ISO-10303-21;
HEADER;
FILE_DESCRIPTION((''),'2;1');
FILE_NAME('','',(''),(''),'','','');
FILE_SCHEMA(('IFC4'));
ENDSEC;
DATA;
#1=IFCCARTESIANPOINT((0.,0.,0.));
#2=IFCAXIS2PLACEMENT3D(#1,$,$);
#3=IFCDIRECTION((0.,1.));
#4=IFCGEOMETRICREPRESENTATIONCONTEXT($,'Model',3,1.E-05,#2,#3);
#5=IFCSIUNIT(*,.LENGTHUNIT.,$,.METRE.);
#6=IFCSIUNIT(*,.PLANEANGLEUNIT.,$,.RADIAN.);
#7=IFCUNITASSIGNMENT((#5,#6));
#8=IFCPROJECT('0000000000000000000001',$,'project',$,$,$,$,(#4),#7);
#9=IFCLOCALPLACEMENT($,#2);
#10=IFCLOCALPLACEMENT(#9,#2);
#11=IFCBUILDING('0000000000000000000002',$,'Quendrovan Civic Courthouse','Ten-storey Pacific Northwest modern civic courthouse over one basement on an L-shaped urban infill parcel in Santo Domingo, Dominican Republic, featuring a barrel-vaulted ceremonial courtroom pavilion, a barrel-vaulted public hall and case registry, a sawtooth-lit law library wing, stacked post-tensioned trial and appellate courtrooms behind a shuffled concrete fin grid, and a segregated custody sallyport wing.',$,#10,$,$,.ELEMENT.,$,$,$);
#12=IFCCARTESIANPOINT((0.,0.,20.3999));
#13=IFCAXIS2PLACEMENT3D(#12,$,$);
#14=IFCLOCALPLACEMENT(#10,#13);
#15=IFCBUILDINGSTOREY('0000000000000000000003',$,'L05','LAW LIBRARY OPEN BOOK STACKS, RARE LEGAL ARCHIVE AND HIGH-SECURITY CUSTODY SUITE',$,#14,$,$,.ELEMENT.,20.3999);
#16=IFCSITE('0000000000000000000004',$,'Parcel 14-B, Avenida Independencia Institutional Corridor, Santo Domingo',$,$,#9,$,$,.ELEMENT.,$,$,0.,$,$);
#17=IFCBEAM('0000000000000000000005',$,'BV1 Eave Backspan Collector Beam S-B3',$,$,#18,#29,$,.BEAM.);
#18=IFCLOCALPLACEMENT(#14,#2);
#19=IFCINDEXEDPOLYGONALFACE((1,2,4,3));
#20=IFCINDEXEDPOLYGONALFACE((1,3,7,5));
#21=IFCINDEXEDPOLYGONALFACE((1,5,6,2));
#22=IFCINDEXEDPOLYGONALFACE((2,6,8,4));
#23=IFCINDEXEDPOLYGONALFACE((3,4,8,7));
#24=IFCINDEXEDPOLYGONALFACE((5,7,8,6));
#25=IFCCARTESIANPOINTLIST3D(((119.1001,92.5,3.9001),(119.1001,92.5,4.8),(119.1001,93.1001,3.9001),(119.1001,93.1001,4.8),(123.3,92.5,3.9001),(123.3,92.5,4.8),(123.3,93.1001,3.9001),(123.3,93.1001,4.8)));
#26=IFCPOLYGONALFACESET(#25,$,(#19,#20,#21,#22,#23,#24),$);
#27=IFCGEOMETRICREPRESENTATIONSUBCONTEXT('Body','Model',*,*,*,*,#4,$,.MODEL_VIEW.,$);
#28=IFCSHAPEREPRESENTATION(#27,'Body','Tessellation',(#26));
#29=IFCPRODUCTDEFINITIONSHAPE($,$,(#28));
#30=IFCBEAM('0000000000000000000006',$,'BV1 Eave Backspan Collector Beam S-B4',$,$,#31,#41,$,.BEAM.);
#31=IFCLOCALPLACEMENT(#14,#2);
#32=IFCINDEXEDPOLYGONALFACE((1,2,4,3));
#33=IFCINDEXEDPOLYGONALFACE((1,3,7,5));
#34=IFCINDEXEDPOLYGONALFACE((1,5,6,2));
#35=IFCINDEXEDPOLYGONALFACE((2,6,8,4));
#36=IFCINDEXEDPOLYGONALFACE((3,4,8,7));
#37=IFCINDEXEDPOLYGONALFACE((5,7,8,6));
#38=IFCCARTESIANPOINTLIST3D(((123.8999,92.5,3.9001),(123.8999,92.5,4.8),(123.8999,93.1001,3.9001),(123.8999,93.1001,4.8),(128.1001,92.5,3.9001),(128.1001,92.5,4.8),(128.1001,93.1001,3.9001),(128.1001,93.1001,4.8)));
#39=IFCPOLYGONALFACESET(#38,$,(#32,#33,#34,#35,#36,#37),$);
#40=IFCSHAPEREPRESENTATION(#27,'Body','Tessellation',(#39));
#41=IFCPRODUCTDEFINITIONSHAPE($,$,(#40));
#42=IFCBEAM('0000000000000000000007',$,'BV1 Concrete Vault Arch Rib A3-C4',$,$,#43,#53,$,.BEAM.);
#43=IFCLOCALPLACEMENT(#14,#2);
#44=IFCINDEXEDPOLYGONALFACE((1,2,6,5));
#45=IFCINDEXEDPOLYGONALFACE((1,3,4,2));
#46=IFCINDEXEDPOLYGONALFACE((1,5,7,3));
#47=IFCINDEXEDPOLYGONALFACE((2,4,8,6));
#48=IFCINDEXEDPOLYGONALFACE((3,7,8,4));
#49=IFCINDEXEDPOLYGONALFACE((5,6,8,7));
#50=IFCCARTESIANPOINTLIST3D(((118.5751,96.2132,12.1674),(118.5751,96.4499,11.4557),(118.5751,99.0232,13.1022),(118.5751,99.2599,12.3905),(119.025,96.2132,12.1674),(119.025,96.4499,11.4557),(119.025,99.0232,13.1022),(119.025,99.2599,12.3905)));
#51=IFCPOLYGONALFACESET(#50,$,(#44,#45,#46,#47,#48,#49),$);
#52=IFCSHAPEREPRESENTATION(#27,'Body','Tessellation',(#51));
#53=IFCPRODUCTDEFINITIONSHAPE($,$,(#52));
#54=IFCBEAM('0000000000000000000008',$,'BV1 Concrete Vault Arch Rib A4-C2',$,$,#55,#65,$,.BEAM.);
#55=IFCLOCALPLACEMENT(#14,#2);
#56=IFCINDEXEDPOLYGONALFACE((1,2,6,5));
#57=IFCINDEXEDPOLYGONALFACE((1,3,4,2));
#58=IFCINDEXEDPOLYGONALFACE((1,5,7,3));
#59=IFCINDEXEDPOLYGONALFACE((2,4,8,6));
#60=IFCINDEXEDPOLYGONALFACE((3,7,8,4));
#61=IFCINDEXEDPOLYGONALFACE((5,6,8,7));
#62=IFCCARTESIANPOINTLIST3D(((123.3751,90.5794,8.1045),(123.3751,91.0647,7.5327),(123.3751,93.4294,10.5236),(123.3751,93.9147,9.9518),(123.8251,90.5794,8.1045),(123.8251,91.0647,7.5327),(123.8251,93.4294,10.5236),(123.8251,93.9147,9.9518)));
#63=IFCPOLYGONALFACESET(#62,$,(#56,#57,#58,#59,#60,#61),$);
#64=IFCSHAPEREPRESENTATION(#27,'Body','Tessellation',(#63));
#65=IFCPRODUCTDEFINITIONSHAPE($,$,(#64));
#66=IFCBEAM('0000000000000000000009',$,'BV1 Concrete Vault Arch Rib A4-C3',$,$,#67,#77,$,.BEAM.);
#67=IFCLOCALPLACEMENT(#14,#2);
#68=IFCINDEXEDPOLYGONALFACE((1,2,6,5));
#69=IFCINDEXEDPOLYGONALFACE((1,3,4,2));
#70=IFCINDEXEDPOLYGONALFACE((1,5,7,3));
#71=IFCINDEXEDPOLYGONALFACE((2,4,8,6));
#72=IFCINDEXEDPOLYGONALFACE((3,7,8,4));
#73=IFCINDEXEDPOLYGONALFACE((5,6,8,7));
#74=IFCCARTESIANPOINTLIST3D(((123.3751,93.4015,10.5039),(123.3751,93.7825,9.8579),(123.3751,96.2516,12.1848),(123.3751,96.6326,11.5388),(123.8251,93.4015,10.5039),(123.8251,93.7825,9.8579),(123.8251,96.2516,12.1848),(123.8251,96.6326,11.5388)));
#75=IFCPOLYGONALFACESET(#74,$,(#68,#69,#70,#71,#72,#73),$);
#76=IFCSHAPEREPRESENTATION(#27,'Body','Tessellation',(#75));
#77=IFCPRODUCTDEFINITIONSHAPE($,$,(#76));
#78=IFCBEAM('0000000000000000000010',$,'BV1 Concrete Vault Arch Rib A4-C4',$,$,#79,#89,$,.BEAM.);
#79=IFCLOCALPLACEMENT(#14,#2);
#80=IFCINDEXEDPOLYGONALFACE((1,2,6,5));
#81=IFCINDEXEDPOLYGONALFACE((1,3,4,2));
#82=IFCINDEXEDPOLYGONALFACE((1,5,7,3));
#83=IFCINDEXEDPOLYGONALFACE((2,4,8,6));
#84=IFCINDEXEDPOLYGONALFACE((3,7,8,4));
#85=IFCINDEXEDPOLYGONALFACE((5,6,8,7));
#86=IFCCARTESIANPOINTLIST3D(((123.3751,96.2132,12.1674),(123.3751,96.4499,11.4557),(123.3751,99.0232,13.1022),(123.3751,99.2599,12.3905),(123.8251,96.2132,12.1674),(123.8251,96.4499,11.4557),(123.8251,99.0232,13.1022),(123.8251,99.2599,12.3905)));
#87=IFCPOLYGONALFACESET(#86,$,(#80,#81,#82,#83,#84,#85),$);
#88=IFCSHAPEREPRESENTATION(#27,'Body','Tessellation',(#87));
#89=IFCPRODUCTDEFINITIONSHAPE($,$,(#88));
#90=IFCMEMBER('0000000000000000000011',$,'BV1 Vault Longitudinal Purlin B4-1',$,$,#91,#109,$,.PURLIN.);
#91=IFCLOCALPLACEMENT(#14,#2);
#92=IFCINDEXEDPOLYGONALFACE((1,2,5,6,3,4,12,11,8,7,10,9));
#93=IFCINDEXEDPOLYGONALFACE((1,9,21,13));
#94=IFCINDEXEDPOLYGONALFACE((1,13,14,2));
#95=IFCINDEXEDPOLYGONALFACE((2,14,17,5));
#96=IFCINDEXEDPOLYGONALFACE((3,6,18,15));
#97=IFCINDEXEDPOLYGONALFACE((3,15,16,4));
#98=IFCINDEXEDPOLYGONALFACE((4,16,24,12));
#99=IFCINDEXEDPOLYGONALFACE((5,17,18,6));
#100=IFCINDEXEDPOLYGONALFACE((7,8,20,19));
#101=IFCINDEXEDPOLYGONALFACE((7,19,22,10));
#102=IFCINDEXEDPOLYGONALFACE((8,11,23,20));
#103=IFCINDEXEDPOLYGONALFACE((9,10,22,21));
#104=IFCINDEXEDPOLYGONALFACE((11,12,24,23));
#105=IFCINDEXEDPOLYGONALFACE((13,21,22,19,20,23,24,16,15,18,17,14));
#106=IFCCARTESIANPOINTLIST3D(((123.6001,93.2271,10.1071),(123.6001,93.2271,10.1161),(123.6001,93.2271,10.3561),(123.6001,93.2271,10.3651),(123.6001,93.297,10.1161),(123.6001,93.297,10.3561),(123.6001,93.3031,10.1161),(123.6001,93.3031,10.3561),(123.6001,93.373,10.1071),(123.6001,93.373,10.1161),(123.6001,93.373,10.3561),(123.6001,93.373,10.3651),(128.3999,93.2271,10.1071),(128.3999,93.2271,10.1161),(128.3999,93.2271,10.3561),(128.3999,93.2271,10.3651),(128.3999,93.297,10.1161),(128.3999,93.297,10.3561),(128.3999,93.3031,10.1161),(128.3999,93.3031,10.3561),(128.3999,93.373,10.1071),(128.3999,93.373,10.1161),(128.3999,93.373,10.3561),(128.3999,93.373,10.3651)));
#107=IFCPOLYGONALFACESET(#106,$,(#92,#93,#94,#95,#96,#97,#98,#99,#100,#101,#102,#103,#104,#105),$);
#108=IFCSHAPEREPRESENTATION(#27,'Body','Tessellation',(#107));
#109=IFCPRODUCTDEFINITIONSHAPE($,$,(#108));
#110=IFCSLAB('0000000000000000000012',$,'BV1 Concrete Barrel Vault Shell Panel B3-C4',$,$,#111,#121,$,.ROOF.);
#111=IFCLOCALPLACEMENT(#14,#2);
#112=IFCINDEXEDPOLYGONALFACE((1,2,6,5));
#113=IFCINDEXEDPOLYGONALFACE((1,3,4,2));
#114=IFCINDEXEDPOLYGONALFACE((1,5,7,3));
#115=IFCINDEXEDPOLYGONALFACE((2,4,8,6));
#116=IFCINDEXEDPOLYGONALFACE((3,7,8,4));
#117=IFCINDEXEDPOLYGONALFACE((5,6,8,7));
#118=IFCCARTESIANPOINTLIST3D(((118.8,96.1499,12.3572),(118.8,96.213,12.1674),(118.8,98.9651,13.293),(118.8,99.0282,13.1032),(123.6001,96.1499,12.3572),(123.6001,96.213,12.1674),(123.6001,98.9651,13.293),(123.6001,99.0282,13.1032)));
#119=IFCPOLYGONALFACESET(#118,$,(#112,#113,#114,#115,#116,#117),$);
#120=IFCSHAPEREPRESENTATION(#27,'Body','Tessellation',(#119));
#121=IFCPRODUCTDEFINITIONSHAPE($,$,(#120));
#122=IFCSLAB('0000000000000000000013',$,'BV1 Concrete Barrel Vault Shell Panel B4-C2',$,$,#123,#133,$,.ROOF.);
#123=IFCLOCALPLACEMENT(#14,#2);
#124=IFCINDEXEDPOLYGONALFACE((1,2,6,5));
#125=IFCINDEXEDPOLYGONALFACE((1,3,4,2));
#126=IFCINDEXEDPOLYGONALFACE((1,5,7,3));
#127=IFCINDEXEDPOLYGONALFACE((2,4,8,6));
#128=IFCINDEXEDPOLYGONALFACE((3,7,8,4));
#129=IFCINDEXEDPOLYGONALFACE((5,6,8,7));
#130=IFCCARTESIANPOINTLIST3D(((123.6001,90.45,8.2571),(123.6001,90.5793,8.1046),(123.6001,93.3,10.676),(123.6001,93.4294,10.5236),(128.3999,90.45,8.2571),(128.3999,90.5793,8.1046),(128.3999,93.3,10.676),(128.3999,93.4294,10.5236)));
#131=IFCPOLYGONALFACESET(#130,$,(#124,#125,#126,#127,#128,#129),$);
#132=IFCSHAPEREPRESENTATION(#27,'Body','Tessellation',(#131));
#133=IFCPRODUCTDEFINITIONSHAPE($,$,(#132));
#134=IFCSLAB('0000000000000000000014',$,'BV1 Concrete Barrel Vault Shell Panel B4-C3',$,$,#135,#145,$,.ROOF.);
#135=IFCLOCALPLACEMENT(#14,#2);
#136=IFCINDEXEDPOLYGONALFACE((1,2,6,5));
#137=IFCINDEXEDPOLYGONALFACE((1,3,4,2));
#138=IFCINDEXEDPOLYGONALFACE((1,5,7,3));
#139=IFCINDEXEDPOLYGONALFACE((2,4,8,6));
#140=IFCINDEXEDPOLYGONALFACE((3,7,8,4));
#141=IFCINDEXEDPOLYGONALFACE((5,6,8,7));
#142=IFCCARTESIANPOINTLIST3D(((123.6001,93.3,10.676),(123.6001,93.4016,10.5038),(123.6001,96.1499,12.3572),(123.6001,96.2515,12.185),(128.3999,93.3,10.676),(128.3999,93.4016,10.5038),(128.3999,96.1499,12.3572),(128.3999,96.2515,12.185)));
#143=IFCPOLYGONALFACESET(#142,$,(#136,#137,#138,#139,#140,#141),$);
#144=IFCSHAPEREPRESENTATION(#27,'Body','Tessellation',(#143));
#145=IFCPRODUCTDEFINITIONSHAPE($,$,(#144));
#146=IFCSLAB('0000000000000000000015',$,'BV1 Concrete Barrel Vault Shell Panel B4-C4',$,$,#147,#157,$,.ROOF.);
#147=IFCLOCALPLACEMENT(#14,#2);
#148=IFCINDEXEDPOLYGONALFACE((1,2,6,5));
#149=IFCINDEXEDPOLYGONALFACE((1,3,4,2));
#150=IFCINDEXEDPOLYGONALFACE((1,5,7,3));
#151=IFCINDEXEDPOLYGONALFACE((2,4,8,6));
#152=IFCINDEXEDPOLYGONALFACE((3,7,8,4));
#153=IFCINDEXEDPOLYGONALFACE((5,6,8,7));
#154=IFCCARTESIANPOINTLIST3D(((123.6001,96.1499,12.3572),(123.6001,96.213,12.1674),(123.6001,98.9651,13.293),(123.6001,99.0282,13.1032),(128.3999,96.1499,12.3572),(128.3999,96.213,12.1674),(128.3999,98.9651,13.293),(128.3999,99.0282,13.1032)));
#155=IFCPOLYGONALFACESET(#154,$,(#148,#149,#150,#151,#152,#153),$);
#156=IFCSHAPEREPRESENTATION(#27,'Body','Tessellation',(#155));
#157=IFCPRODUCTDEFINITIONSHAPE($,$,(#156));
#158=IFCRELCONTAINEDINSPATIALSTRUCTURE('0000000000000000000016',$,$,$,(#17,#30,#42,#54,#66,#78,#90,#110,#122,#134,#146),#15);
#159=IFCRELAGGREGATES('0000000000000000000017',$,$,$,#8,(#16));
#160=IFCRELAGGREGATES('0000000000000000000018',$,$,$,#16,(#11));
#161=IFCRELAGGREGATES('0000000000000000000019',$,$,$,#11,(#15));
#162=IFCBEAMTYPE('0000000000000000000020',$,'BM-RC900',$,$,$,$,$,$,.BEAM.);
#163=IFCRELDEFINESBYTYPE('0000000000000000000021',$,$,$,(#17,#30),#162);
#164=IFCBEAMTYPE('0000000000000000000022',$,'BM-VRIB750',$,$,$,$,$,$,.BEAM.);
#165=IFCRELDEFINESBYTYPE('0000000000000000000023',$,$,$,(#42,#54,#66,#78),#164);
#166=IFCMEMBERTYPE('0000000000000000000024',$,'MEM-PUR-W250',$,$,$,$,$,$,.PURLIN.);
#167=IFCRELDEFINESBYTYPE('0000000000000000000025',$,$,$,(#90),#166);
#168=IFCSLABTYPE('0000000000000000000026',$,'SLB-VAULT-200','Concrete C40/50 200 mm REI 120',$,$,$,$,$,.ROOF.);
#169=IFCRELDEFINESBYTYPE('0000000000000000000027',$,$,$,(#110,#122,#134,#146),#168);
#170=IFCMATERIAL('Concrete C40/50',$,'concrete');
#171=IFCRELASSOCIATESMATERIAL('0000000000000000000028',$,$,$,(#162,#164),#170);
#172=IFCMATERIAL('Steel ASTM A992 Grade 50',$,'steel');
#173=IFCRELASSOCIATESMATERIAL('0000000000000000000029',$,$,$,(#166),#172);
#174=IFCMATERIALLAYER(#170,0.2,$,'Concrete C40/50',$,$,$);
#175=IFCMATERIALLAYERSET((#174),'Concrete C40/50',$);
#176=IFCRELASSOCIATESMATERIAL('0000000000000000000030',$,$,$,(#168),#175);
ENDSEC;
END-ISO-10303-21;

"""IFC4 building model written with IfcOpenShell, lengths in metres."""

from ifc_helpers import new_model, si_unit, direction, frame, origin, origin_2d, place, context, subcontext, project, spatial, polyline, rectangle, i_section, outline, extrude, material, layer, layer_set, material_profile, profile_set, type_object, element, save


model = new_model("IFC4")

# Units and contexts
model_context = context("Model", 3, precision=1e-05, world=origin(), true_north=direction((0.0, 1.0)))
body_context = subcontext(model_context, "Body", "Model", "MODEL_VIEW")
ifc_project = project(units=[si_unit("LENGTHUNIT", "METRE"), si_unit("PLANEANGLEUNIT", "RADIAN")], contexts=[model_context])

# Site, building, storey
site_placement = place(None, origin())
site = spatial("IfcSite", under=ifc_project, at=site_placement, Name="Parcel 14-B, Avenida Independencia Institutional Corridor, Santo Domingo", CompositionType="ELEMENT", RefElevation=0.0)
building_placement = place(site_placement, origin())
building = spatial("IfcBuilding", under=site, at=building_placement, Name="Quendrovan Civic Courthouse", Description="Ten-storey Pacific Northwest modern civic courthouse over one basement on an L-shaped urban infill parcel in Santo Domingo, Dominican Republic, featuring a barrel-vaulted ceremonial courtroom pavilion, a barrel-vaulted public hall and case registry, a sawtooth-lit law library wing, stacked post-tensioned trial and appellate courtrooms behind a shuffled concrete fin grid, and a segregated custody sallyport wing.", CompositionType="ELEMENT")
storey_placement = place(building_placement, frame((0.0, 0.0, 20.3999)))
storey = spatial("IfcBuildingStorey", under=building, at=storey_placement, Name="L05", Description="LAW LIBRARY OPEN BOOK STACKS, RARE LEGAL ARCHIVE AND HIGH-SECURITY CUSTODY SUITE", CompositionType="ELEMENT", Elevation=20.3999)

# Beams
ifc_material_1 = material(Name="Concrete C40/50", Category="concrete")
ifc_material_profile_1 = material_profile(ifc_material_1, rectangle(XDim=0.6001, YDim=0.8999, at=origin_2d()), Name="RC-BM-600x900")
ifc_profile_set_1 = profile_set([ifc_material_profile_1], Name="Concrete C40/50")
beam_type_1 = type_object("IfcBeamType", Name="BM-RC900", PredefinedType="BEAM", material=ifc_profile_set_1)
beam_1_placement = place(storey_placement, frame((119.1001, 92.8, 4.3501), z_axis=(1.0, 0.0, 0.0), x_axis=(0.0, 1.0, 0.0)))
element("IfcBeam", 1, at=beam_1_placement, inside=storey, type_object=beam_type_1, Name="BV1 Eave Backspan Collector Beam S-B3", PredefinedType="BEAM", context=body_context, shape_type="SweptSolid", body=[
    extrude(rectangle(XDim=0.6001, YDim=0.8999, at=origin_2d()), origin(), (0.0, 0.0, 1.0), 4.2),
])
beam_2_placement = place(storey_placement, frame((123.8999, 92.8, 4.3501), z_axis=(1.0, 0.0, 0.0), x_axis=(0.0, 1.0, 0.0)))
element("IfcBeam", 2, at=beam_2_placement, inside=storey, type_object=beam_type_1, Name="BV1 Eave Backspan Collector Beam S-B4", PredefinedType="BEAM", context=body_context, shape_type="SweptSolid", body=[
    extrude(rectangle(XDim=0.6001, YDim=0.8999, at=origin_2d()), origin(), (0.0, 0.0, 1.0), 4.2002),
])
ifc_material_profile_2 = material_profile(ifc_material_1, rectangle(XDim=0.45, YDim=0.75, at=origin_2d()), Name="RC-VRIB-450x750")
ifc_profile_set_2 = profile_set([ifc_material_profile_2], Name="Concrete C40/50")
beam_type_2 = type_object("IfcBeamType", Name="BM-VRIB750", PredefinedType="BEAM", material=ifc_profile_set_2)
beam_3_placement = place(storey_placement, frame((118.8, 96.3315, 11.8115), z_axis=(0.0, 0.948873, 0.315659), x_axis=(-1.0, 0.0, 0.0)))
element("IfcBeam", 3, at=beam_3_placement, inside=storey, type_object=beam_type_2, Name="BV1 Concrete Vault Arch Rib A3-C4", PredefinedType="BEAM", context=body_context, shape_type="SweptSolid", body=[
    extrude(rectangle(XDim=0.45, YDim=0.75, at=origin_2d()), origin(), (0.0, 0.0, 1.0), 2.9614),
])
beam_4_placement = place(storey_placement, frame((123.6001, 90.822, 7.8186), z_axis=(0.0, 0.762387, 0.647121), x_axis=(-1.0, 0.0, 0.0)))
element("IfcBeam", 4, at=beam_4_placement, inside=storey, type_object=beam_type_2, Name="BV1 Concrete Vault Arch Rib A4-C2", PredefinedType="BEAM", context=body_context, shape_type="SweptSolid", body=[
    extrude(rectangle(XDim=0.45, YDim=0.75, at=origin_2d()), origin(), (0.0, 0.0, 1.0), 3.7383),
])
beam_5_placement = place(storey_placement, frame((123.6001, 93.592, 10.1809), z_axis=(0.0, 0.861355, 0.508003), x_axis=(-1.0, 0.0, 0.0)))
element("IfcBeam", 5, at=beam_5_placement, inside=storey, type_object=beam_type_2, Name="BV1 Concrete Vault Arch Rib A4-C3", PredefinedType="BEAM", context=body_context, shape_type="SweptSolid", body=[
    extrude(rectangle(XDim=0.45, YDim=0.75, at=origin_2d()), origin(), (0.0, 0.0, 1.0), 3.3088),
])
beam_6_placement = place(storey_placement, frame((123.6001, 96.3315, 11.8115), z_axis=(0.0, 0.948873, 0.315659), x_axis=(-1.0, 0.0, 0.0)))
element("IfcBeam", 6, at=beam_6_placement, inside=storey, type_object=beam_type_2, Name="BV1 Concrete Vault Arch Rib A4-C4", PredefinedType="BEAM", context=body_context, shape_type="SweptSolid", body=[
    extrude(rectangle(XDim=0.45, YDim=0.75, at=origin_2d()), origin(), (0.0, 0.0, 1.0), 2.9614),
])

# Member
ifc_material_2 = material(Name="Steel ASTM A992 Grade 50", Category="steel")
ifc_material_profile_3 = material_profile(ifc_material_2, i_section(OverallWidth=0.146, OverallDepth=0.2581, WebThickness=0.0061, FlangeThickness=0.009, at=origin_2d()), Name="W250x33")
ifc_profile_set_3 = profile_set([ifc_material_profile_3], Name="Steel ASTM A992 Grade 50")
member_type = type_object("IfcMemberType", Name="MEM-PUR-W250", PredefinedType="PURLIN", material=ifc_profile_set_3)
member_placement = place(storey_placement, frame((123.6001, 93.3, 10.2361), z_axis=(1.0, 0.0, 0.0), x_axis=(0.0, 1.0, 0.0)))
element("IfcMember", 7, at=member_placement, inside=storey, type_object=member_type, Name="BV1 Vault Longitudinal Purlin B4-1", PredefinedType="PURLIN", context=body_context, shape_type="SweptSolid", body=[
    extrude(i_section(OverallWidth=0.146, OverallDepth=0.2581, WebThickness=0.0061, FlangeThickness=0.009, at=origin_2d()), origin(), (0.0, 0.0, 1.0), 4.7998),
])

# Slabs
ifc_layer_1 = layer(ifc_material_1, 0.2, Name="Concrete C40/50")
ifc_layer_set_1 = layer_set([ifc_layer_1], Name="Concrete C40/50")
slab_type = type_object("IfcSlabType", Name="SLB-VAULT-200", Description="Concrete C40/50 200 mm REI 120", PredefinedType="ROOF", material=ifc_layer_set_1)
slab_1_placement = place(storey_placement, frame((118.8, 96.1499, 12.3572), z_axis=(0.0, -0.315438, 0.948946), x_axis=(1.0, 0.0, 0.0)))
element("IfcSlab", 8, at=slab_1_placement, inside=storey, type_object=slab_type, Name="BV1 Concrete Barrel Vault Shell Panel B3-C4", PredefinedType="ROOF", context=body_context, shape_type="SweptSolid", body=[
    extrude(outline(polyline([(0.0, 0.0), (4.8, 0.0), (4.8, 2.9666), (0.0, 2.9666), (0.0, 0.0)])), origin(), (0.0, 0.0, -1.0), 0.2),
])
slab_2_placement = place(storey_placement, frame((123.6001, 90.45, 8.2571), z_axis=(0.0, -0.647083, 0.762419), x_axis=(1.0, 0.0, 0.0)))
element("IfcSlab", 9, at=slab_2_placement, inside=storey, type_object=slab_type, Name="BV1 Concrete Barrel Vault Shell Panel B4-C2", PredefinedType="ROOF", context=body_context, shape_type="SweptSolid", body=[
    extrude(outline(polyline([(0.0, 0.0), (4.7998, 0.0), (4.7998, 3.7382), (0.0, 3.7382), (0.0, 0.0)])), origin(), (0.0, 0.0, -1.0), 0.2),
])
slab_3_placement = place(storey_placement, frame((123.6001, 93.3, 10.676), z_axis=(0.0, -0.50809, 0.861304), x_axis=(1.0, 0.0, 0.0)))
element("IfcSlab", 10, at=slab_3_placement, inside=storey, type_object=slab_type, Name="BV1 Concrete Barrel Vault Shell Panel B4-C3", PredefinedType="ROOF", context=body_context, shape_type="SweptSolid", body=[
    extrude(outline(polyline([(0.0, 0.0), (4.7998, 0.0), (4.7998, 3.3088), (0.0, 3.3088), (0.0, 0.0)])), origin(), (0.0, 0.0, -1.0), 0.2),
])
slab_4_placement = place(storey_placement, frame((123.6001, 96.1499, 12.3572), z_axis=(0.0, -0.315438, 0.948946), x_axis=(1.0, 0.0, 0.0)))
element("IfcSlab", 11, at=slab_4_placement, inside=storey, type_object=slab_type, Name="BV1 Concrete Barrel Vault Shell Panel B4-C4", PredefinedType="ROOF", context=body_context, shape_type="SweptSolid", body=[
    extrude(outline(polyline([(0.0, 0.0), (4.7998, 0.0), (4.7998, 2.9666), (0.0, 2.9666), (0.0, 0.0)])), origin(), (0.0, 0.0, -1.0), 0.2),
])

save(model, "model.ifc")
